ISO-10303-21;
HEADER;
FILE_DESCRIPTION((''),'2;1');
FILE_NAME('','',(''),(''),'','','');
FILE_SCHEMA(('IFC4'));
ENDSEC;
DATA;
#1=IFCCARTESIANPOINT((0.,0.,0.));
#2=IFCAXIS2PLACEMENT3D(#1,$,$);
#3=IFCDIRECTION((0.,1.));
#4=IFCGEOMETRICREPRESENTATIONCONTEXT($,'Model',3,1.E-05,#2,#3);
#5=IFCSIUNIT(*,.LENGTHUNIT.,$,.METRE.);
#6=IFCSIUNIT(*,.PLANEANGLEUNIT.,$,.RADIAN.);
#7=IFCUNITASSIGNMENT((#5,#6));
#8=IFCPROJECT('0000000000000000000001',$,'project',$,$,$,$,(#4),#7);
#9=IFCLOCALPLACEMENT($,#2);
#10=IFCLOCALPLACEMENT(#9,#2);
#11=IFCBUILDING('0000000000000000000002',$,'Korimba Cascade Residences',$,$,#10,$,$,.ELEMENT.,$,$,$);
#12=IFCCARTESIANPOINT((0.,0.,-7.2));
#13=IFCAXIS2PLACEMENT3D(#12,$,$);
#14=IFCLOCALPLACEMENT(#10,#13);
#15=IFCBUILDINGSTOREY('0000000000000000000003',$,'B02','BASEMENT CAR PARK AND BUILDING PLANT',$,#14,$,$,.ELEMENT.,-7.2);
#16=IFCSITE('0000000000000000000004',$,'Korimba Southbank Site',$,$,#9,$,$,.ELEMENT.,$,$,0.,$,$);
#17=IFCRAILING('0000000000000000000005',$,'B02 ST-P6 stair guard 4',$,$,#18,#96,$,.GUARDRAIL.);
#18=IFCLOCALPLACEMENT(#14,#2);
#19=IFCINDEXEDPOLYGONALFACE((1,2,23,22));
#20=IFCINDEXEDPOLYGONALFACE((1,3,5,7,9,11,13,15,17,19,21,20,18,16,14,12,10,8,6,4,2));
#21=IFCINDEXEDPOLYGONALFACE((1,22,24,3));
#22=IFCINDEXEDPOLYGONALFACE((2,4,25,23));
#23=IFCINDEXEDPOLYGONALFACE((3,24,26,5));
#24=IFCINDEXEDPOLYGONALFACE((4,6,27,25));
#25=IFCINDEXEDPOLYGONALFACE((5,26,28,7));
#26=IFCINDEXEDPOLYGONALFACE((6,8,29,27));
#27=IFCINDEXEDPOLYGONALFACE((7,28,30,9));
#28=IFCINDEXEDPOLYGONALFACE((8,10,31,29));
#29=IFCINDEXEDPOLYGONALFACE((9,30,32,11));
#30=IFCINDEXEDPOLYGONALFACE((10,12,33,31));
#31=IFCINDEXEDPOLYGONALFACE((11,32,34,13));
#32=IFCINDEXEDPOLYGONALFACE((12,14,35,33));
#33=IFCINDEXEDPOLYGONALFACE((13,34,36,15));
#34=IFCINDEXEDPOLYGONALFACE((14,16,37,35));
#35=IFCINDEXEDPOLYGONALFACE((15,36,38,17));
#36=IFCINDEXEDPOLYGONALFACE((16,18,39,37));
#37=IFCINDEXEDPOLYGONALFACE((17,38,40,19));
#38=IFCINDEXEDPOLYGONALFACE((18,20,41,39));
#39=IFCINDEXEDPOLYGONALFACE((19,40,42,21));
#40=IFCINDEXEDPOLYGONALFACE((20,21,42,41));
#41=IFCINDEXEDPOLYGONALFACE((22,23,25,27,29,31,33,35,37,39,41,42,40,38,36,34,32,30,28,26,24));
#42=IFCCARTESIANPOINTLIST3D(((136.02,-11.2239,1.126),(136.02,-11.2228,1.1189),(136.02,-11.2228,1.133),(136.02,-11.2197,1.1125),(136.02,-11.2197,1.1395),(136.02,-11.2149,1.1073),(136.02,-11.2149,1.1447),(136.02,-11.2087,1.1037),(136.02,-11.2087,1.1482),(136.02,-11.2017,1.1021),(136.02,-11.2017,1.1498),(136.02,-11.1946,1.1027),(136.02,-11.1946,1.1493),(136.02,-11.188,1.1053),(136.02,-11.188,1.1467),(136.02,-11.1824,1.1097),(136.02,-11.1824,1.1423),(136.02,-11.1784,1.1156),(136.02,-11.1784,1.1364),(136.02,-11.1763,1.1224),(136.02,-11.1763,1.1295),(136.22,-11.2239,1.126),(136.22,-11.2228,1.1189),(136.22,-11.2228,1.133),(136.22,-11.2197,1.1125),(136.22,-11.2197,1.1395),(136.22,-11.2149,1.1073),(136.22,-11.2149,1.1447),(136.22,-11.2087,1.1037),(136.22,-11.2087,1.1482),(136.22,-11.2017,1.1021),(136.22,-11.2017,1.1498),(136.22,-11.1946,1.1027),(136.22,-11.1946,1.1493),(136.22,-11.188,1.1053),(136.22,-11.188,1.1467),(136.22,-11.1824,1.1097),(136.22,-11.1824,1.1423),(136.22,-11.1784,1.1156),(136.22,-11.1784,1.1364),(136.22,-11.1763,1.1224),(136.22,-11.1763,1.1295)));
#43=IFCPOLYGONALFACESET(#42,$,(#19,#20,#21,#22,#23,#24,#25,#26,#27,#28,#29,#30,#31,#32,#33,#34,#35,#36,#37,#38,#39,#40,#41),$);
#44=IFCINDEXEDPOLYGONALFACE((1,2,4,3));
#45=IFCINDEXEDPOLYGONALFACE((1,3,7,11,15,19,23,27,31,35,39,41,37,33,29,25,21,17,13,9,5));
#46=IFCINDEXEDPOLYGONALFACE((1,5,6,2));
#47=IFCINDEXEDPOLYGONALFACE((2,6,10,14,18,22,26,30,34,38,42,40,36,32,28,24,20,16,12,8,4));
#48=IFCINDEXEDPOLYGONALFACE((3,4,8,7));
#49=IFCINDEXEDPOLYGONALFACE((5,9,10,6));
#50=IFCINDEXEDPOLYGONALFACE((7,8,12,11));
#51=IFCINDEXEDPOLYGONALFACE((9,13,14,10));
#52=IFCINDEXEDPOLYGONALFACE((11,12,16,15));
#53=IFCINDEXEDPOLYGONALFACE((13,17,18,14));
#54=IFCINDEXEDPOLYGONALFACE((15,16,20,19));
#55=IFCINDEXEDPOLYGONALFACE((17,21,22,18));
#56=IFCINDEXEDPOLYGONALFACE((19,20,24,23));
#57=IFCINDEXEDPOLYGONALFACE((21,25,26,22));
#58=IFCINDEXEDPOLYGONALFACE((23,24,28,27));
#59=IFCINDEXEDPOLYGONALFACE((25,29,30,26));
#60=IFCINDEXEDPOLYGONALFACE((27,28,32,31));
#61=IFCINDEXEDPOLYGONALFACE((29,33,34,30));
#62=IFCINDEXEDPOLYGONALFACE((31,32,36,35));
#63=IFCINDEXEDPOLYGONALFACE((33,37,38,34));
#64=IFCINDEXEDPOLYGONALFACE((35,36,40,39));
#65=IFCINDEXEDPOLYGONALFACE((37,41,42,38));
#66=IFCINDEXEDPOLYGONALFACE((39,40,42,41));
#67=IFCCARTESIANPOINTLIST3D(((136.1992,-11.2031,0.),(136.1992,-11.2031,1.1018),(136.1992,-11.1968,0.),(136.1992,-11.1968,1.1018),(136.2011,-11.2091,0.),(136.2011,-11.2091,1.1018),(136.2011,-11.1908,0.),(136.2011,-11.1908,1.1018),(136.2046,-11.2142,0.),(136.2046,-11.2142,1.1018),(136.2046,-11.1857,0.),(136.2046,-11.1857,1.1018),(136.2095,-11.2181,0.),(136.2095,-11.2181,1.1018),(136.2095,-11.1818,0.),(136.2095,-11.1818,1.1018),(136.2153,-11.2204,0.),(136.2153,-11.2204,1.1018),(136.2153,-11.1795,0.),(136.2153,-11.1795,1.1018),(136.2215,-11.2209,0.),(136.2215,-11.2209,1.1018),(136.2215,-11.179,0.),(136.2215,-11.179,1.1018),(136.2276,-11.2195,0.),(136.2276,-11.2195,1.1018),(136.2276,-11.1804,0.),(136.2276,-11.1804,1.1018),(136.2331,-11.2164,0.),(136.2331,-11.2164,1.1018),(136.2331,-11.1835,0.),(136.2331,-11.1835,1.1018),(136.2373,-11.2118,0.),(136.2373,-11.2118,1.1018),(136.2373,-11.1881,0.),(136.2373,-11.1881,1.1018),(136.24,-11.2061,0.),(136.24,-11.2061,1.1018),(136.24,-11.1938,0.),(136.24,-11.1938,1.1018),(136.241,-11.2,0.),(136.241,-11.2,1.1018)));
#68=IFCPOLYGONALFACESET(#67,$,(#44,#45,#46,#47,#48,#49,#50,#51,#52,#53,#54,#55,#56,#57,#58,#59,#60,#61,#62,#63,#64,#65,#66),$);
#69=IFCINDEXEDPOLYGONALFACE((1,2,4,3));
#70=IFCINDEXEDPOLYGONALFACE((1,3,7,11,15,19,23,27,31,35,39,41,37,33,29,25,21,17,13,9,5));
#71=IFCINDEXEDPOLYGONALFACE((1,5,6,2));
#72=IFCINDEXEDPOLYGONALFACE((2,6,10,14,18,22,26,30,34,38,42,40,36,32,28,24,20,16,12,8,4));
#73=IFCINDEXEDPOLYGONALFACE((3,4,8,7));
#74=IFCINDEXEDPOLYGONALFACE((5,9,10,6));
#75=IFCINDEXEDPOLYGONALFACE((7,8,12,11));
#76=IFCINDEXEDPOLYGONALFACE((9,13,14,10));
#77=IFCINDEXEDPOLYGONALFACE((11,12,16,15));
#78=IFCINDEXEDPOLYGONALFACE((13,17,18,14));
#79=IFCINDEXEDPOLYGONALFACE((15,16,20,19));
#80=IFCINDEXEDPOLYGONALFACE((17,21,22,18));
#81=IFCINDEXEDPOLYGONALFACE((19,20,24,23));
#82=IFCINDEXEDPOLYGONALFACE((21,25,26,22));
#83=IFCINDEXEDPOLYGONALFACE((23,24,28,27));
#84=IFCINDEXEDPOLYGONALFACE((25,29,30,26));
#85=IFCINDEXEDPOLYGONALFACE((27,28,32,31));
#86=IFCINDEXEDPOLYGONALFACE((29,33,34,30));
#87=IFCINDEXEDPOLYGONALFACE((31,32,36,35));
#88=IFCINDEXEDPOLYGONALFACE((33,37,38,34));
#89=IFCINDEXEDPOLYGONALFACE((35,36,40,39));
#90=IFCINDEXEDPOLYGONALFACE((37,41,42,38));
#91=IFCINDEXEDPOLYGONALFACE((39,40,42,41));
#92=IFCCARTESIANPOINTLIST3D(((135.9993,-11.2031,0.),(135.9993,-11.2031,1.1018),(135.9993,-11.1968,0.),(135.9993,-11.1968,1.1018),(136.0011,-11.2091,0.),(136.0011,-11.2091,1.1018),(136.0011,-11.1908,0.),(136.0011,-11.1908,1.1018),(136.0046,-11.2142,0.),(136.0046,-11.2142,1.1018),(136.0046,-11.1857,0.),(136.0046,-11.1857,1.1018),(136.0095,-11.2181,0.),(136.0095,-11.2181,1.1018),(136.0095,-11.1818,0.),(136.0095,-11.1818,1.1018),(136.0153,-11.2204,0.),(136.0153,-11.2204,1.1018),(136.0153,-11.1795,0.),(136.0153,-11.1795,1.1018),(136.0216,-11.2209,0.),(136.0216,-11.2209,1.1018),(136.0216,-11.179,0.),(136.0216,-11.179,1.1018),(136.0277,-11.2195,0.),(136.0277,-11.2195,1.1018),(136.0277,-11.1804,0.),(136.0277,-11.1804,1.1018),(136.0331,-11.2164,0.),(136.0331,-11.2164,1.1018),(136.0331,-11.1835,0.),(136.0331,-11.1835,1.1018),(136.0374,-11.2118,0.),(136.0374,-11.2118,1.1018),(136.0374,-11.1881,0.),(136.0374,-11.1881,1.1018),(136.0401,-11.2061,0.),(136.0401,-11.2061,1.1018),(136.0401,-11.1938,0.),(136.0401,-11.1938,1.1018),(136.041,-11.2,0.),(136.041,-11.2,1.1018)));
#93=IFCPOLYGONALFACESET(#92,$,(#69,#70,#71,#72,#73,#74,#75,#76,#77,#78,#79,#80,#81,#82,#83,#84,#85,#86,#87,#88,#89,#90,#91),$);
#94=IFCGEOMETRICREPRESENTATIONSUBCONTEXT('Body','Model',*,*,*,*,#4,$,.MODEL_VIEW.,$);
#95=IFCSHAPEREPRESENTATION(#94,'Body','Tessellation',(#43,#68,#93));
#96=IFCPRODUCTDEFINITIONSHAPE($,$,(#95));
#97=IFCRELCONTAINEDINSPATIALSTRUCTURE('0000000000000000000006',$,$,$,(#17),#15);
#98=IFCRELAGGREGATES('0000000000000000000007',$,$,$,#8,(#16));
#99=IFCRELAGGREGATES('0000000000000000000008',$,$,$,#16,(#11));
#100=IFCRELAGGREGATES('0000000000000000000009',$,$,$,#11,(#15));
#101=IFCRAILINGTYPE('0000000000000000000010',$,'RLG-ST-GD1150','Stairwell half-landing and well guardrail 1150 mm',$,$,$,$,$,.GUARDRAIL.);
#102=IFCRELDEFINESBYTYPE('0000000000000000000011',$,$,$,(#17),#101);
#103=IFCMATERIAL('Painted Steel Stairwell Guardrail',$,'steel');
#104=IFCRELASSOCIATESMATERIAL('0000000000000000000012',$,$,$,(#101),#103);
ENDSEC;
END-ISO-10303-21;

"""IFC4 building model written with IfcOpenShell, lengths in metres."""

from ifc_helpers import new_model, si_unit, direction, frame, origin, origin_2d, place, context, subcontext, project, spatial, circle, extrude, material, type_object, element, save


model = new_model("IFC4")

# Units and contexts
model_context = context("Model", 3, precision=1e-05, world=origin(), true_north=direction((0.0, 1.0)))
body_context = subcontext(model_context, "Body", "Model", "MODEL_VIEW")
ifc_project = project(units=[si_unit("LENGTHUNIT", "METRE"), si_unit("PLANEANGLEUNIT", "RADIAN")], contexts=[model_context])

# Site, building, storey
site_placement = place(None, origin())
site = spatial("IfcSite", under=ifc_project, at=site_placement, Name="Korimba Southbank Site", CompositionType="ELEMENT", RefElevation=0.0)
building_placement = place(site_placement, origin())
building = spatial("IfcBuilding", under=site, at=building_placement, Name="Korimba Cascade Residences", CompositionType="ELEMENT")
storey_placement = place(building_placement, frame((0.0, 0.0, -7.2)))
storey = spatial("IfcBuildingStorey", under=building, at=storey_placement, Name="B02", Description="BASEMENT CAR PARK AND BUILDING PLANT", CompositionType="ELEMENT", Elevation=-7.2)

# Railing
ifc_material_1 = material(Name="Painted Steel Stairwell Guardrail", Category="steel")
railing_type_1 = type_object("IfcRailingType", Name="RLG-ST-GD1150", Description="Stairwell half-landing and well guardrail 1150 mm", PredefinedType="GUARDRAIL", material=ifc_material_1)
railing_1_placement = place(storey_placement, frame((136.22, -11.2, 0.0)))
element("IfcRailing", 1, at=railing_1_placement, inside=storey, type_object=railing_type_1, Name="B02 ST-P6 stair guard 4", PredefinedType="GUARDRAIL", context=body_context, shape_type="SweptSolid", body=[
    extrude(circle(Radius=0.0239, at=origin_2d()), frame((0.0, 0.0, 1.126), z_axis=(-1.0, 0.0, 0.0), x_axis=(0.0, -1.0, 0.0)), (0.0, 0.0, 1.0), 0.2),
    extrude(circle(Radius=0.021, at=origin_2d()), origin(), (0.0, 0.0, 1.0), 1.1018),
    extrude(circle(Radius=0.021, at=origin_2d()), frame((-0.2, 0.0, 0.0)), (0.0, 0.0, 1.0), 1.1018),
])

save(model, "model.ifc")
